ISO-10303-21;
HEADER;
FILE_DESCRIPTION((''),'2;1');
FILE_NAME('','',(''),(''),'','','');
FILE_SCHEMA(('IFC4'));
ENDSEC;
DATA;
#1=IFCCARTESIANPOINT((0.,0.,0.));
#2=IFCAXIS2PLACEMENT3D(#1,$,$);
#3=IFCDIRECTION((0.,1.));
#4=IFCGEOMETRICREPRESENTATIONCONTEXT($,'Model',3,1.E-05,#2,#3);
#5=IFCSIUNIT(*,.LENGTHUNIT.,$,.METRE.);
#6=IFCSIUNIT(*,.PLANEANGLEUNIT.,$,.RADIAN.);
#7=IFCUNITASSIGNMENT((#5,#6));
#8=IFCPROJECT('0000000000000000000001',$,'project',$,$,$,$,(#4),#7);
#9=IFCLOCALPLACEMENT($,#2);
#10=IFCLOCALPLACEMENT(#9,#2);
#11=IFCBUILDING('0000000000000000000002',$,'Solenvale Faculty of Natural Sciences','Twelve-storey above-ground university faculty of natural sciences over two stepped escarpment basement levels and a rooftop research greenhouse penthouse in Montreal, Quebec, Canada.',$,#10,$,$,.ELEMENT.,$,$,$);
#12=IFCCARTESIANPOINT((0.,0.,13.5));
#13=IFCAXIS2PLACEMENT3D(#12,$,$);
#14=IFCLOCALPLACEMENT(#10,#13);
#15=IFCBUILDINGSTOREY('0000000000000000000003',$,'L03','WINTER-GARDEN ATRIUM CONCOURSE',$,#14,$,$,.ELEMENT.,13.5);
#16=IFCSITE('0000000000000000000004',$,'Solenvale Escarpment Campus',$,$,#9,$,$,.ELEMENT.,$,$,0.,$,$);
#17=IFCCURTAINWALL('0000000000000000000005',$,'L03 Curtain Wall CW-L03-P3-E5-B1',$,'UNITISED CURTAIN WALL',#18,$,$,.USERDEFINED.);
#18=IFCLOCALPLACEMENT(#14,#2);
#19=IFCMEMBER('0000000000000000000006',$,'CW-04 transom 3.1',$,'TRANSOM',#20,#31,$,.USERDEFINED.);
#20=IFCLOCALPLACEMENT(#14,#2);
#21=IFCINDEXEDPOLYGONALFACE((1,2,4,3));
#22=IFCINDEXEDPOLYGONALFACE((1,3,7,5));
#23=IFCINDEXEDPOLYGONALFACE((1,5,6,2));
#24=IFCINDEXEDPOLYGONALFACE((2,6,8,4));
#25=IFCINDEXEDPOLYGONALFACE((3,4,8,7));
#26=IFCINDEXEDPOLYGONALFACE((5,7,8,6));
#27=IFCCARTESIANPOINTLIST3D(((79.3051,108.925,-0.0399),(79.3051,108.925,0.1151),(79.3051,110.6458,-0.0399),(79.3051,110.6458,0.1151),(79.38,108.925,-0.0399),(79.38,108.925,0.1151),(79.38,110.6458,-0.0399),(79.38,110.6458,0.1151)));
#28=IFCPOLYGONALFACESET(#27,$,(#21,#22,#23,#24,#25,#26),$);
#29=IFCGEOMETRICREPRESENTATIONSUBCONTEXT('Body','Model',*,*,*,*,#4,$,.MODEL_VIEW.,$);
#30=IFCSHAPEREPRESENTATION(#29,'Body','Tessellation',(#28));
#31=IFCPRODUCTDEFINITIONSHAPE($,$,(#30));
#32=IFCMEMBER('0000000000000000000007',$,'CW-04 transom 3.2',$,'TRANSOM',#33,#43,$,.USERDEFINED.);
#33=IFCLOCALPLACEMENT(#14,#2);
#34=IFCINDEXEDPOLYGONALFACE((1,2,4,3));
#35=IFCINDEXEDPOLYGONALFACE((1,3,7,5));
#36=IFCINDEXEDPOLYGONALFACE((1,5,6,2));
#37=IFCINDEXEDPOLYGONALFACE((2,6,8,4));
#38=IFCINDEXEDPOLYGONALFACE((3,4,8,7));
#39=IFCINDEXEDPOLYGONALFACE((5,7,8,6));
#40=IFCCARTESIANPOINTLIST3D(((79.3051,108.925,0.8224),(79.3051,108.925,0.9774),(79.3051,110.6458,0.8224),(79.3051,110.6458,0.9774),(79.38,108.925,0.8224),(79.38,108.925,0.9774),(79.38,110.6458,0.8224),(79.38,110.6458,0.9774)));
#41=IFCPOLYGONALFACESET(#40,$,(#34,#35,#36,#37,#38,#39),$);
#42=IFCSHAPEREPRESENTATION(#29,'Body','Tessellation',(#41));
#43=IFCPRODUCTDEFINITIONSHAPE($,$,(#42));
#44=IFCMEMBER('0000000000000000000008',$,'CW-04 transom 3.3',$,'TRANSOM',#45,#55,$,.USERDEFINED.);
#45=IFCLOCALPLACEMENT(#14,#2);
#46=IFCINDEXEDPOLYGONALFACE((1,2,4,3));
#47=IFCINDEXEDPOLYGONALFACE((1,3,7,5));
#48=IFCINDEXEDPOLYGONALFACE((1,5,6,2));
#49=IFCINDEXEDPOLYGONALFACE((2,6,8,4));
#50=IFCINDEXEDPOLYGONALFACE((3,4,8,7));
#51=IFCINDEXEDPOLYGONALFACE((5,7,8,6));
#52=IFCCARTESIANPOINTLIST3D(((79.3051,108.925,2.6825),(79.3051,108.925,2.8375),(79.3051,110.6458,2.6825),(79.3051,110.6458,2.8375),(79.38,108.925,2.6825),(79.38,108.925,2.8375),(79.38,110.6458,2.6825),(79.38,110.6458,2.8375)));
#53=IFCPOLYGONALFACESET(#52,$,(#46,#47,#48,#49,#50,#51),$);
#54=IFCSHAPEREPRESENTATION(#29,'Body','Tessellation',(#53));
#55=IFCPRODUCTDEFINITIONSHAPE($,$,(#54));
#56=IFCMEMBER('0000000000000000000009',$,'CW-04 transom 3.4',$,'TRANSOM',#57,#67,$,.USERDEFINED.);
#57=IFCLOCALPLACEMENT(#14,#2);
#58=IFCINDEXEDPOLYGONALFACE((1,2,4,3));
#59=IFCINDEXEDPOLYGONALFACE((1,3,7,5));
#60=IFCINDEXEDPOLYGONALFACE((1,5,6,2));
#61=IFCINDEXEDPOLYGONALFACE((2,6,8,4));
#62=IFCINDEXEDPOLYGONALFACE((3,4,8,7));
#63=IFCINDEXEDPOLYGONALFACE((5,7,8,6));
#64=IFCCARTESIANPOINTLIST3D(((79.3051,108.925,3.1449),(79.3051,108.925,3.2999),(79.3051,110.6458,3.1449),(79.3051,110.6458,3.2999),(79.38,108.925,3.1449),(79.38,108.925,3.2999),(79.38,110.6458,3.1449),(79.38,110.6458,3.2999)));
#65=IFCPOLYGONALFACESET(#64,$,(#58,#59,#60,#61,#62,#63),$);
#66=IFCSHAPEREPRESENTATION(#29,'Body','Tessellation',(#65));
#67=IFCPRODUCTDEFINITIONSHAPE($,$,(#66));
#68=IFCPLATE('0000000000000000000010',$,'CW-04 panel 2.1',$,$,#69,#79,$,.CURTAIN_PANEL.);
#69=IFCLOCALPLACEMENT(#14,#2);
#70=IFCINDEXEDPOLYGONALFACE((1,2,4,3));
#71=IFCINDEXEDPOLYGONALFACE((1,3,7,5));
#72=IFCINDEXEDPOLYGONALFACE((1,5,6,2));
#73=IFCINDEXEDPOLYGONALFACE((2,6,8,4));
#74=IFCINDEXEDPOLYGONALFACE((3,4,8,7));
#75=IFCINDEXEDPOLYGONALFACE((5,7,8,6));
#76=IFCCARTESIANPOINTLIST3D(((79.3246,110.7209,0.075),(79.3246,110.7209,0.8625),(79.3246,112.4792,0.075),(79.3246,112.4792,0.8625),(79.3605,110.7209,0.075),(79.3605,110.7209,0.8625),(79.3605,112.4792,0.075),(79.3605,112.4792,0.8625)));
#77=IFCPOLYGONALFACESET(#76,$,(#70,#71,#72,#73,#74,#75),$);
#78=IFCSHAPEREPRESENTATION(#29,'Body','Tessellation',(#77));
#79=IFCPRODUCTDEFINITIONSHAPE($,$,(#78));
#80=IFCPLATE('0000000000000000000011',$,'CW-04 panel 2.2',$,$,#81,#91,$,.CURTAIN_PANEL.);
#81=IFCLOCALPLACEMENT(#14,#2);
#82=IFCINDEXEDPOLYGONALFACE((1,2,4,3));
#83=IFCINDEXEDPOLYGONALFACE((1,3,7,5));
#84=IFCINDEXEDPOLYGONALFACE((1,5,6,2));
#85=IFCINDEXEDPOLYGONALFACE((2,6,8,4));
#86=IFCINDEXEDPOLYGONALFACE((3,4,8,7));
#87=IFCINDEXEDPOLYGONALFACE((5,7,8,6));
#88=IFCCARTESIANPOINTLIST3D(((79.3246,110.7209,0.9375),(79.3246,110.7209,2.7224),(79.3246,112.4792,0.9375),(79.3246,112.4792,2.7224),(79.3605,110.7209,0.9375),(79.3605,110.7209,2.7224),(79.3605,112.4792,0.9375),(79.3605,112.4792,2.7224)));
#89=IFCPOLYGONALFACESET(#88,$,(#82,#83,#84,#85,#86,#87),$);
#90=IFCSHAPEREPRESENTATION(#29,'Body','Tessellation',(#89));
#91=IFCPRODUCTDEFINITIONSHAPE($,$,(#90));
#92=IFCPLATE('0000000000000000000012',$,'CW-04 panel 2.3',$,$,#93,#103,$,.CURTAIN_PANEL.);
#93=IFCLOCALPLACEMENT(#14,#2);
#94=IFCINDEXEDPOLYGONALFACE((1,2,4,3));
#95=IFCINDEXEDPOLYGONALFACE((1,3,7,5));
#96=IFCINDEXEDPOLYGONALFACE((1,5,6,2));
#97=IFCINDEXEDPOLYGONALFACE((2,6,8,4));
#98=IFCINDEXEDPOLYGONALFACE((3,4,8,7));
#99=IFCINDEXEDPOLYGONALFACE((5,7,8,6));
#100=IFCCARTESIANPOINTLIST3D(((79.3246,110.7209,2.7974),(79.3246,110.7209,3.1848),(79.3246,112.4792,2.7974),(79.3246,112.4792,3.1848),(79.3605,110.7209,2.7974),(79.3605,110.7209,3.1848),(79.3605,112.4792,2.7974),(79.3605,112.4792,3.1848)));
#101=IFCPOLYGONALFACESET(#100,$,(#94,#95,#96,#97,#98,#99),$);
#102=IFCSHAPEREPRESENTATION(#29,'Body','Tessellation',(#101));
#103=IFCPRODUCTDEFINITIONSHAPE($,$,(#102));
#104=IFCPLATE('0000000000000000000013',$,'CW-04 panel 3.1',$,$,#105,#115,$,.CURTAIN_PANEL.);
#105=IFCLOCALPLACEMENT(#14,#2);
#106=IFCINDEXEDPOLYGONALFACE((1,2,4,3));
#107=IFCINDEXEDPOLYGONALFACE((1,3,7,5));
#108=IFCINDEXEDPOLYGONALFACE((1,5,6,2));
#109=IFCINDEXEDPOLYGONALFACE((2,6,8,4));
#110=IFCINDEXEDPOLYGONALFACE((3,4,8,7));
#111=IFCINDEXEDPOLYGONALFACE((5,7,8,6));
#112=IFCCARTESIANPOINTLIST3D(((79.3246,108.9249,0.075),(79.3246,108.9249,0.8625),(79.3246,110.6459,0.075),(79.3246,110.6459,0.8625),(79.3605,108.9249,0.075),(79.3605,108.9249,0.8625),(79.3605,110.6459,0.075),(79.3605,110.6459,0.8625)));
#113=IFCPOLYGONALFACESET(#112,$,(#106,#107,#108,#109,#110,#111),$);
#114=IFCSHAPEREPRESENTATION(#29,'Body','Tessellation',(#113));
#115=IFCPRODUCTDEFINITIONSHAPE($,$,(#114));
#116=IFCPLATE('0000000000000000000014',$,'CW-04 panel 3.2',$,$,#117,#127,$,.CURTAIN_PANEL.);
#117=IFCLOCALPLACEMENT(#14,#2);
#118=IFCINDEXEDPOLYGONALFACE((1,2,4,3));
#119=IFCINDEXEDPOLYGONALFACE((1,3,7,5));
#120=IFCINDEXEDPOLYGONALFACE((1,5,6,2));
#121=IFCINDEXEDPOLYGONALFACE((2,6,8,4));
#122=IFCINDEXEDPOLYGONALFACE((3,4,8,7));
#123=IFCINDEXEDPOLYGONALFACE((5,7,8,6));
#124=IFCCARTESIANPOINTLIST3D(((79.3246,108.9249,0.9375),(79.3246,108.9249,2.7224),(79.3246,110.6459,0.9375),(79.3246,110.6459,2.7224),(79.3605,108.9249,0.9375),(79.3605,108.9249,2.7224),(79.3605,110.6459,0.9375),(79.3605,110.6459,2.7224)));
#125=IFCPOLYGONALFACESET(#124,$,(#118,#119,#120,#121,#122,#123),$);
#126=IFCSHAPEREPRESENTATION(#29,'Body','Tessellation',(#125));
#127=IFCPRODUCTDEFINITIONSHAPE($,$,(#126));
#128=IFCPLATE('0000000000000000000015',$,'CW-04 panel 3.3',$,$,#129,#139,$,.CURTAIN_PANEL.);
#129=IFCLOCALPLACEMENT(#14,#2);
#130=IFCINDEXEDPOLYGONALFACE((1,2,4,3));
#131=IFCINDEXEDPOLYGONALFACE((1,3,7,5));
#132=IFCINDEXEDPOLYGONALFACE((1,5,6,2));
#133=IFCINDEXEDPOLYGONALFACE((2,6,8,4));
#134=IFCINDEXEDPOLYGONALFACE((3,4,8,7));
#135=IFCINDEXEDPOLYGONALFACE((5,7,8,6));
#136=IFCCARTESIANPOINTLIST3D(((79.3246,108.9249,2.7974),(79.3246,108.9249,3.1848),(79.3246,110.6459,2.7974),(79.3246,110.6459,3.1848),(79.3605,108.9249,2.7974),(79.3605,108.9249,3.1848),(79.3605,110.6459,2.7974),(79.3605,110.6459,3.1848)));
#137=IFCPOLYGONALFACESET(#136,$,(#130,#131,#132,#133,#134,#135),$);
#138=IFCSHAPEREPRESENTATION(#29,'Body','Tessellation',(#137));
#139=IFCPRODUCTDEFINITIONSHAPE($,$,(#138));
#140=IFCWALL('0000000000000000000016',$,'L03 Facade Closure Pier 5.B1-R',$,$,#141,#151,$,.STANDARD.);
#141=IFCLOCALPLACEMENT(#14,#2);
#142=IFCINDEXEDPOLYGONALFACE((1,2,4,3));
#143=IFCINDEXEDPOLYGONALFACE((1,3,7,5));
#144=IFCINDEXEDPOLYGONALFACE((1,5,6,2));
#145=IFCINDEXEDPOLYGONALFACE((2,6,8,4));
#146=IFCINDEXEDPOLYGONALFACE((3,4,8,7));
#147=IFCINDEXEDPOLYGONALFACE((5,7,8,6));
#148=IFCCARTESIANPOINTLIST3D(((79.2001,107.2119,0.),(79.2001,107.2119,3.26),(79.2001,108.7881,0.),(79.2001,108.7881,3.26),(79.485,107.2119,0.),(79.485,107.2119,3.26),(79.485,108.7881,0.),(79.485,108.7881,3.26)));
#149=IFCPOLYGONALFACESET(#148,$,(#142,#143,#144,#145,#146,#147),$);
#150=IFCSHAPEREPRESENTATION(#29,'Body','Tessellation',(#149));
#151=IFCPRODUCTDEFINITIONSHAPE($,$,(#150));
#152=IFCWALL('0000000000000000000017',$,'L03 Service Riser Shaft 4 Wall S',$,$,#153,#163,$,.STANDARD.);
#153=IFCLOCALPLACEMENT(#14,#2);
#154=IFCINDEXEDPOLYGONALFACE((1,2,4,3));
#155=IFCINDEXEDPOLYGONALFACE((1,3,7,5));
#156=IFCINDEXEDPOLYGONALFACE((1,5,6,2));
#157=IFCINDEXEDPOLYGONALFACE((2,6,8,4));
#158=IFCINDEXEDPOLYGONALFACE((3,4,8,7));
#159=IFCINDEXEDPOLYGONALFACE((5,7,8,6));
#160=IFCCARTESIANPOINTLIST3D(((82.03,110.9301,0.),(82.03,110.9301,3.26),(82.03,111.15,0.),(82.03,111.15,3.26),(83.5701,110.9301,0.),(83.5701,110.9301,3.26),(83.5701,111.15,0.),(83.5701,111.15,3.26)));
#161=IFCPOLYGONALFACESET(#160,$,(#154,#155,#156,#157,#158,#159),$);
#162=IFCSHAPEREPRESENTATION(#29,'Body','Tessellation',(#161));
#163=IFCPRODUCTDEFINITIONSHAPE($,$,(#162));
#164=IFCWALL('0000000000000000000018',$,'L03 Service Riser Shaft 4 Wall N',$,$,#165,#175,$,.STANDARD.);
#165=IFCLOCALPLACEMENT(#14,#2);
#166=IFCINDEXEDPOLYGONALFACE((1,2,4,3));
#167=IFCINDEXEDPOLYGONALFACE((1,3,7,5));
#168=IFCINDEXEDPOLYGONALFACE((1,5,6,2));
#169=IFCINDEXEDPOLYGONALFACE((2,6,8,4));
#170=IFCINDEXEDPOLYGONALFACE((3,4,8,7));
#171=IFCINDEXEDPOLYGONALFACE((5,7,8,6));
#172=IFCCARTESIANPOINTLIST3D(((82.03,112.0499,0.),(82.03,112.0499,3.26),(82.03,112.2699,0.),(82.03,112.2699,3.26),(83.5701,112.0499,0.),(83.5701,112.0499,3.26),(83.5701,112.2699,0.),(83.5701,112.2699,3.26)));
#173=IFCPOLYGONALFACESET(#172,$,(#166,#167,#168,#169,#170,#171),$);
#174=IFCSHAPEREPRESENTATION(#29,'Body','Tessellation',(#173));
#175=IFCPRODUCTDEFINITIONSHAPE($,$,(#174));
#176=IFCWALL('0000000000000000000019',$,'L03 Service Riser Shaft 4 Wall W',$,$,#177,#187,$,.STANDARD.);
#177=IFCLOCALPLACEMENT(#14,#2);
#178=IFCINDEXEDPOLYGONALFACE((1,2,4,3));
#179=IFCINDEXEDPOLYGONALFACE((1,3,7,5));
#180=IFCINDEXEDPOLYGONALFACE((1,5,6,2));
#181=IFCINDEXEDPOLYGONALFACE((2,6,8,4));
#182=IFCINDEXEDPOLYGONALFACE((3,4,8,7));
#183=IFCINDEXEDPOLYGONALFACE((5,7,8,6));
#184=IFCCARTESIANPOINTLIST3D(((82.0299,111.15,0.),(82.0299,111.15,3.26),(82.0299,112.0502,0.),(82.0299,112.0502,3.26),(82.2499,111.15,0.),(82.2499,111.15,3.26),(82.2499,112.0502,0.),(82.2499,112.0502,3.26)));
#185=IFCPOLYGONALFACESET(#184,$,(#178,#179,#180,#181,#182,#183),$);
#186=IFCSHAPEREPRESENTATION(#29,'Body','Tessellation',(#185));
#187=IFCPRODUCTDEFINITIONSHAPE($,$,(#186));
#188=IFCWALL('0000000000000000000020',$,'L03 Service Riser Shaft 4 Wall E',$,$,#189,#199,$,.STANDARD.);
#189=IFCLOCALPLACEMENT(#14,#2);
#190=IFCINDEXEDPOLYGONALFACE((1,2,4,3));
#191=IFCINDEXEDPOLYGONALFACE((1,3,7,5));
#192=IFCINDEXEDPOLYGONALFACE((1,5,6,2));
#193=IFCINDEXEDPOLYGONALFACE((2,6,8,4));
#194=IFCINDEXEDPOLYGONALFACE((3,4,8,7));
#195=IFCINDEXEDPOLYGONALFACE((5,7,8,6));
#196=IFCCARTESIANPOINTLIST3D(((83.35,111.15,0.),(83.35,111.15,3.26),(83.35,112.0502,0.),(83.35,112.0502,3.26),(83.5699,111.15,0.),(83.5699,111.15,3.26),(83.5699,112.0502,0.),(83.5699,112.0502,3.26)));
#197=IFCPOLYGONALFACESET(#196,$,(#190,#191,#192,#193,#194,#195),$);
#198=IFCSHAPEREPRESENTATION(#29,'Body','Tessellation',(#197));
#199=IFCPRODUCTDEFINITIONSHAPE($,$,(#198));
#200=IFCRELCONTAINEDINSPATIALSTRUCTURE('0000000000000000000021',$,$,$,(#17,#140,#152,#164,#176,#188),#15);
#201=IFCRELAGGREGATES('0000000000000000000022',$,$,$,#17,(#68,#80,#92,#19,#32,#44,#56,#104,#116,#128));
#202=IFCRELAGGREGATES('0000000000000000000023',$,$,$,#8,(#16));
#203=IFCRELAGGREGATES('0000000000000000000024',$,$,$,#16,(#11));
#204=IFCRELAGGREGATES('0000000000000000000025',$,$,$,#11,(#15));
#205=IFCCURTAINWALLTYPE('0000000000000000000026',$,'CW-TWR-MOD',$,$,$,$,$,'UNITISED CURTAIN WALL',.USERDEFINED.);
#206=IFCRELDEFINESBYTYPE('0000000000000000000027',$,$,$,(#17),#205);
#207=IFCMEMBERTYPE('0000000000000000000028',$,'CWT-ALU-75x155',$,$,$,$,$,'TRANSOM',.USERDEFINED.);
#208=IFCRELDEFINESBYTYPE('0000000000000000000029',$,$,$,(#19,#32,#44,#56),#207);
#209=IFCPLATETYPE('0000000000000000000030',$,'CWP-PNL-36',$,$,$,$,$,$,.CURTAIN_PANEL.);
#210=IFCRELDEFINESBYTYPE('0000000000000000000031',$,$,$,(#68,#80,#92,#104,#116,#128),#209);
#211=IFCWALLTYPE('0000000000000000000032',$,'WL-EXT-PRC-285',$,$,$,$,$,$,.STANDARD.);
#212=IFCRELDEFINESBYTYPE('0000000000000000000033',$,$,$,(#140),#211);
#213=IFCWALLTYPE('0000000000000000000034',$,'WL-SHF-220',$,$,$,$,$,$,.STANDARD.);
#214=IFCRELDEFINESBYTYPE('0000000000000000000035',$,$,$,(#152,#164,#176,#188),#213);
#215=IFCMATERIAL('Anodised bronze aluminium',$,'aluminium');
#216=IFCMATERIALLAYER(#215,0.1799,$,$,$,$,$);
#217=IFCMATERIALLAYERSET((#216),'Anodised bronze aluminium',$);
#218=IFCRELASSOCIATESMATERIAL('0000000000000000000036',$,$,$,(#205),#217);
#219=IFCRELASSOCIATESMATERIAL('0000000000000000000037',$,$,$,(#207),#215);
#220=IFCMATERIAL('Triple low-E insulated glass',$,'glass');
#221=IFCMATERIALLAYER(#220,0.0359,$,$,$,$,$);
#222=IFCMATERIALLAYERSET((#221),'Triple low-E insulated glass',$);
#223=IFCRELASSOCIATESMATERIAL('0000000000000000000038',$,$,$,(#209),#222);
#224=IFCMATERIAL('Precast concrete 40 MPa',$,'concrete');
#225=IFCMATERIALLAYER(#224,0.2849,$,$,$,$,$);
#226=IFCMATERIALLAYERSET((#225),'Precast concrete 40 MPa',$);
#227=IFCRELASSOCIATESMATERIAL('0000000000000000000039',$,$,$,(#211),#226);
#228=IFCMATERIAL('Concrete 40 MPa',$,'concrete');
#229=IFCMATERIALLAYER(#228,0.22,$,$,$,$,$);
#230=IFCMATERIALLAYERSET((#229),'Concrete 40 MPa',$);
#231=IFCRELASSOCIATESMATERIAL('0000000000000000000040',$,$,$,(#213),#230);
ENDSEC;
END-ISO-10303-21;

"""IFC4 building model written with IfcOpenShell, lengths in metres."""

from ifc_helpers import new_model, si_unit, direction, frame, frame_2d, origin, origin_2d, place, context, subcontext, project, spatial, rectangle, extrude, material, layer, layer_set, material_profile, profile_set, type_object, element, aggregate, save


model = new_model("IFC4")

# Units and contexts
model_context = context("Model", 3, precision=1e-05, world=origin(), true_north=direction((0.0, 1.0)))
body_context = subcontext(model_context, "Body", "Model", "MODEL_VIEW")
ifc_project = project(units=[si_unit("LENGTHUNIT", "METRE"), si_unit("PLANEANGLEUNIT", "RADIAN")], contexts=[model_context])

# Site, building, storey
site_placement = place(None, origin())
site = spatial("IfcSite", under=ifc_project, at=site_placement, Name="Solenvale Escarpment Campus", CompositionType="ELEMENT", RefElevation=0.0)
building_placement = place(site_placement, origin())
building = spatial("IfcBuilding", under=site, at=building_placement, Name="Solenvale Faculty of Natural Sciences", Description="Twelve-storey above-ground university faculty of natural sciences over two stepped escarpment basement levels and a rooftop research greenhouse penthouse in Montreal, Quebec, Canada.", CompositionType="ELEMENT")
storey_placement = place(building_placement, frame((0.0, 0.0, 13.5)))
storey = spatial("IfcBuildingStorey", under=building, at=storey_placement, Name="L03", Description="WINTER-GARDEN ATRIUM CONCOURSE", CompositionType="ELEMENT", Elevation=13.5)

# Curtain wall, members, plates
ifc_material_1 = material(Name="Anodised bronze aluminium", Category="aluminium")
ifc_layer_1 = layer(ifc_material_1, 0.1799)
ifc_layer_set_1 = layer_set([ifc_layer_1], Name="Anodised bronze aluminium")
curtain_wall_type = type_object("IfcCurtainWallType", Name="CW-TWR-MOD", ElementType="UNITISED CURTAIN WALL", PredefinedType="USERDEFINED", material=ifc_layer_set_1)
curtain_wall_placement = place(storey_placement, origin())
curtain_wall = element("IfcCurtainWall", 1, at=curtain_wall_placement, inside=storey, type_object=curtain_wall_type, Name="L03 Curtain Wall CW-L03-P3-E5-B1", ObjectType="UNITISED CURTAIN WALL", PredefinedType="USERDEFINED")
ifc_material_profile_1 = material_profile(ifc_material_1, rectangle(XDim=0.075, YDim=0.155, at=origin_2d()), Name="ALU-TRN-75x155")
ifc_profile_set_1 = profile_set([ifc_material_profile_1], Name="Anodised bronze aluminium")
member_type_1 = type_object("IfcMemberType", Name="CWT-ALU-75x155", ElementType="TRANSOM", PredefinedType="USERDEFINED", material=ifc_profile_set_1)
member_1_placement = place(storey_placement, frame((79.3425, 110.6458, 0.0376), z_axis=(0.0, -1.0, 0.0), x_axis=(1.0, 0.0, 0.0)))
member_1 = element("IfcMember", 2, at=member_1_placement, type_object=member_type_1, Name="CW-04 transom 3.1", ObjectType="TRANSOM", PredefinedType="USERDEFINED", context=body_context, shape_type="SweptSolid", body=[
    extrude(rectangle(XDim=0.075, YDim=0.155, at=origin_2d()), origin(), (0.0, 0.0, 1.0), 1.7207),
])
member_2_placement = place(storey_placement, frame((79.3425, 110.6458, 0.8999), z_axis=(0.0, -1.0, 0.0), x_axis=(1.0, 0.0, 0.0)))
member_2 = element("IfcMember", 3, at=member_2_placement, type_object=member_type_1, Name="CW-04 transom 3.2", ObjectType="TRANSOM", PredefinedType="USERDEFINED", context=body_context, shape_type="SweptSolid", body=[
    extrude(rectangle(XDim=0.075, YDim=0.155, at=origin_2d()), origin(), (0.0, 0.0, 1.0), 1.7207),
])
member_3_placement = place(storey_placement, frame((79.3425, 110.6458, 2.76), z_axis=(0.0, -1.0, 0.0), x_axis=(1.0, 0.0, 0.0)))
member_3 = element("IfcMember", 4, at=member_3_placement, type_object=member_type_1, Name="CW-04 transom 3.3", ObjectType="TRANSOM", PredefinedType="USERDEFINED", context=body_context, shape_type="SweptSolid", body=[
    extrude(rectangle(XDim=0.075, YDim=0.155, at=origin_2d()), origin(), (0.0, 0.0, 1.0), 1.7207),
])
member_4_placement = place(storey_placement, frame((79.3425, 110.6458, 3.2224), z_axis=(0.0, -1.0, 0.0), x_axis=(1.0, 0.0, 0.0)))
member_4 = element("IfcMember", 5, at=member_4_placement, type_object=member_type_1, Name="CW-04 transom 3.4", ObjectType="TRANSOM", PredefinedType="USERDEFINED", context=body_context, shape_type="SweptSolid", body=[
    extrude(rectangle(XDim=0.075, YDim=0.155, at=origin_2d()), origin(), (0.0, 0.0, 1.0), 1.7207),
])
ifc_material_2 = material(Name="Triple low-E insulated glass", Category="glass")
ifc_layer_2 = layer(ifc_material_2, 0.0359)
ifc_layer_set_2 = layer_set([ifc_layer_2], Name="Triple low-E insulated glass")
plate_type = type_object("IfcPlateType", Name="CWP-PNL-36", PredefinedType="CURTAIN_PANEL", material=ifc_layer_set_2)
plate_1_placement = place(storey_placement, frame((79.3425, 111.6001, 0.075), z_axis=(0.0, 0.0, 1.0), x_axis=(0.0, -1.0, 0.0)))
plate_1 = element("IfcPlate", 6, at=plate_1_placement, type_object=plate_type, Name="CW-04 panel 2.1", PredefinedType="CURTAIN_PANEL", context=body_context, shape_type="SweptSolid", body=[
    extrude(rectangle(XDim=1.7583, YDim=0.0359, at=origin_2d()), origin(), (0.0, 0.0, 1.0), 0.7876),
])
plate_2_placement = place(storey_placement, frame((79.3425, 111.6001, 0.9375), z_axis=(0.0, 0.0, 1.0), x_axis=(0.0, -1.0, 0.0)))
plate_2 = element("IfcPlate", 7, at=plate_2_placement, type_object=plate_type, Name="CW-04 panel 2.2", PredefinedType="CURTAIN_PANEL", context=body_context, shape_type="SweptSolid", body=[
    extrude(rectangle(XDim=1.7583, YDim=0.0359, at=origin_2d()), origin(), (0.0, 0.0, 1.0), 1.7849),
])
plate_3_placement = place(storey_placement, frame((79.3425, 111.6001, 2.7974), z_axis=(0.0, 0.0, 1.0), x_axis=(0.0, -1.0, 0.0)))
plate_3 = element("IfcPlate", 8, at=plate_3_placement, type_object=plate_type, Name="CW-04 panel 2.3", PredefinedType="CURTAIN_PANEL", context=body_context, shape_type="SweptSolid", body=[
    extrude(rectangle(XDim=1.7583, YDim=0.0359, at=origin_2d()), origin(), (0.0, 0.0, 1.0), 0.3875),
])
plate_4_placement = place(storey_placement, frame((79.3425, 109.7854, 0.075), z_axis=(0.0, 0.0, 1.0), x_axis=(0.0, -1.0, 0.0)))
plate_4 = element("IfcPlate", 9, at=plate_4_placement, type_object=plate_type, Name="CW-04 panel 3.1", PredefinedType="CURTAIN_PANEL", context=body_context, shape_type="SweptSolid", body=[
    extrude(rectangle(XDim=1.7209, YDim=0.0359, at=origin_2d()), origin(), (0.0, 0.0, 1.0), 0.7876),
])
plate_5_placement = place(storey_placement, frame((79.3425, 109.7854, 0.9375), z_axis=(0.0, 0.0, 1.0), x_axis=(0.0, -1.0, 0.0)))
plate_5 = element("IfcPlate", 10, at=plate_5_placement, type_object=plate_type, Name="CW-04 panel 3.2", PredefinedType="CURTAIN_PANEL", context=body_context, shape_type="SweptSolid", body=[
    extrude(rectangle(XDim=1.7209, YDim=0.0359, at=origin_2d()), origin(), (0.0, 0.0, 1.0), 1.7849),
])
plate_6_placement = place(storey_placement, frame((79.3425, 109.7854, 2.7974), z_axis=(0.0, 0.0, 1.0), x_axis=(0.0, -1.0, 0.0)))
plate_6 = element("IfcPlate", 11, at=plate_6_placement, type_object=plate_type, Name="CW-04 panel 3.3", PredefinedType="CURTAIN_PANEL", context=body_context, shape_type="SweptSolid", body=[
    extrude(rectangle(XDim=1.7209, YDim=0.0359, at=origin_2d()), origin(), (0.0, 0.0, 1.0), 0.3875),
])
aggregate(curtain_wall, [plate_1, plate_2, plate_3, member_1, member_2, member_3, member_4, plate_4, plate_5, plate_6])

# Walls
ifc_material_3 = material(Name="Precast concrete 40 MPa", Category="concrete")
ifc_layer_3 = layer(ifc_material_3, 0.2849)
ifc_layer_set_3 = layer_set([ifc_layer_3], Name="Precast concrete 40 MPa")
wall_type_1 = type_object("IfcWallType", Name="WL-EXT-PRC-285", PredefinedType="STANDARD", material=ifc_layer_set_3)
wall_placement = place(storey_placement, frame((79.3425, 108.7881, 0.0), z_axis=(0.0, 0.0, 1.0), x_axis=(0.0, -1.0, 0.0)))
element("IfcWall", 12, at=wall_placement, inside=storey, type_object=wall_type_1, Name="L03 Facade Closure Pier 5.B1-R", PredefinedType="STANDARD", context=body_context, shape_type="SweptSolid", body=[
    extrude(rectangle(XDim=1.5762, YDim=0.2849, at=frame_2d((0.7881, 0.0))), origin(), (0.0, 0.0, 1.0), 3.26),
])
ifc_material_4 = material(Name="Concrete 40 MPa", Category="concrete")
ifc_layer_4 = layer(ifc_material_4, 0.22)
ifc_layer_set_4 = layer_set([ifc_layer_4], Name="Concrete 40 MPa")
wall_type_2 = type_object("IfcWallType", Name="WL-SHF-220", PredefinedType="STANDARD", material=ifc_layer_set_4)
for number, where, z_axis, x_axis, name in (
    (13, (82.03, 111.04, 0.0), (0.0, 0.0, 1.0), (1.0, 0.0, 0.0), "L03 Service Riser Shaft 4 Wall S"),
    (14, (82.03, 112.1599, 0.0), (0.0, 0.0, 1.0), (1.0, 0.0, 0.0), "L03 Service Riser Shaft 4 Wall N"),
):
    element("IfcWall", number, at=place(storey_placement, frame(where, z_axis=z_axis, x_axis=x_axis)), inside=storey, type_object=wall_type_2, Name=name, PredefinedType="STANDARD", context=body_context, shape_type="SweptSolid", body=[
        extrude(rectangle(XDim=1.54, YDim=0.22, at=frame_2d((0.77, 0.0))), origin(), (0.0, 0.0, 1.0), 3.26),
    ])
for number, where, z_axis, x_axis, name in (
    (15, (82.1399, 111.1499, 0.0), (0.0, 0.0, 1.0), (0.0, 1.0, 0.0), "L03 Service Riser Shaft 4 Wall W"),
    (16, (83.46, 111.1499, 0.0), (0.0, 0.0, 1.0), (0.0, 1.0, 0.0), "L03 Service Riser Shaft 4 Wall E"),
):
    element("IfcWall", number, at=place(storey_placement, frame(where, z_axis=z_axis, x_axis=x_axis)), inside=storey, type_object=wall_type_2, Name=name, PredefinedType="STANDARD", context=body_context, shape_type="SweptSolid", body=[
        extrude(rectangle(XDim=0.9001, YDim=0.22, at=frame_2d((0.4502, 0.0))), origin(), (0.0, 0.0, 1.0), 3.26),
    ])

save(model, "model.ifc")
